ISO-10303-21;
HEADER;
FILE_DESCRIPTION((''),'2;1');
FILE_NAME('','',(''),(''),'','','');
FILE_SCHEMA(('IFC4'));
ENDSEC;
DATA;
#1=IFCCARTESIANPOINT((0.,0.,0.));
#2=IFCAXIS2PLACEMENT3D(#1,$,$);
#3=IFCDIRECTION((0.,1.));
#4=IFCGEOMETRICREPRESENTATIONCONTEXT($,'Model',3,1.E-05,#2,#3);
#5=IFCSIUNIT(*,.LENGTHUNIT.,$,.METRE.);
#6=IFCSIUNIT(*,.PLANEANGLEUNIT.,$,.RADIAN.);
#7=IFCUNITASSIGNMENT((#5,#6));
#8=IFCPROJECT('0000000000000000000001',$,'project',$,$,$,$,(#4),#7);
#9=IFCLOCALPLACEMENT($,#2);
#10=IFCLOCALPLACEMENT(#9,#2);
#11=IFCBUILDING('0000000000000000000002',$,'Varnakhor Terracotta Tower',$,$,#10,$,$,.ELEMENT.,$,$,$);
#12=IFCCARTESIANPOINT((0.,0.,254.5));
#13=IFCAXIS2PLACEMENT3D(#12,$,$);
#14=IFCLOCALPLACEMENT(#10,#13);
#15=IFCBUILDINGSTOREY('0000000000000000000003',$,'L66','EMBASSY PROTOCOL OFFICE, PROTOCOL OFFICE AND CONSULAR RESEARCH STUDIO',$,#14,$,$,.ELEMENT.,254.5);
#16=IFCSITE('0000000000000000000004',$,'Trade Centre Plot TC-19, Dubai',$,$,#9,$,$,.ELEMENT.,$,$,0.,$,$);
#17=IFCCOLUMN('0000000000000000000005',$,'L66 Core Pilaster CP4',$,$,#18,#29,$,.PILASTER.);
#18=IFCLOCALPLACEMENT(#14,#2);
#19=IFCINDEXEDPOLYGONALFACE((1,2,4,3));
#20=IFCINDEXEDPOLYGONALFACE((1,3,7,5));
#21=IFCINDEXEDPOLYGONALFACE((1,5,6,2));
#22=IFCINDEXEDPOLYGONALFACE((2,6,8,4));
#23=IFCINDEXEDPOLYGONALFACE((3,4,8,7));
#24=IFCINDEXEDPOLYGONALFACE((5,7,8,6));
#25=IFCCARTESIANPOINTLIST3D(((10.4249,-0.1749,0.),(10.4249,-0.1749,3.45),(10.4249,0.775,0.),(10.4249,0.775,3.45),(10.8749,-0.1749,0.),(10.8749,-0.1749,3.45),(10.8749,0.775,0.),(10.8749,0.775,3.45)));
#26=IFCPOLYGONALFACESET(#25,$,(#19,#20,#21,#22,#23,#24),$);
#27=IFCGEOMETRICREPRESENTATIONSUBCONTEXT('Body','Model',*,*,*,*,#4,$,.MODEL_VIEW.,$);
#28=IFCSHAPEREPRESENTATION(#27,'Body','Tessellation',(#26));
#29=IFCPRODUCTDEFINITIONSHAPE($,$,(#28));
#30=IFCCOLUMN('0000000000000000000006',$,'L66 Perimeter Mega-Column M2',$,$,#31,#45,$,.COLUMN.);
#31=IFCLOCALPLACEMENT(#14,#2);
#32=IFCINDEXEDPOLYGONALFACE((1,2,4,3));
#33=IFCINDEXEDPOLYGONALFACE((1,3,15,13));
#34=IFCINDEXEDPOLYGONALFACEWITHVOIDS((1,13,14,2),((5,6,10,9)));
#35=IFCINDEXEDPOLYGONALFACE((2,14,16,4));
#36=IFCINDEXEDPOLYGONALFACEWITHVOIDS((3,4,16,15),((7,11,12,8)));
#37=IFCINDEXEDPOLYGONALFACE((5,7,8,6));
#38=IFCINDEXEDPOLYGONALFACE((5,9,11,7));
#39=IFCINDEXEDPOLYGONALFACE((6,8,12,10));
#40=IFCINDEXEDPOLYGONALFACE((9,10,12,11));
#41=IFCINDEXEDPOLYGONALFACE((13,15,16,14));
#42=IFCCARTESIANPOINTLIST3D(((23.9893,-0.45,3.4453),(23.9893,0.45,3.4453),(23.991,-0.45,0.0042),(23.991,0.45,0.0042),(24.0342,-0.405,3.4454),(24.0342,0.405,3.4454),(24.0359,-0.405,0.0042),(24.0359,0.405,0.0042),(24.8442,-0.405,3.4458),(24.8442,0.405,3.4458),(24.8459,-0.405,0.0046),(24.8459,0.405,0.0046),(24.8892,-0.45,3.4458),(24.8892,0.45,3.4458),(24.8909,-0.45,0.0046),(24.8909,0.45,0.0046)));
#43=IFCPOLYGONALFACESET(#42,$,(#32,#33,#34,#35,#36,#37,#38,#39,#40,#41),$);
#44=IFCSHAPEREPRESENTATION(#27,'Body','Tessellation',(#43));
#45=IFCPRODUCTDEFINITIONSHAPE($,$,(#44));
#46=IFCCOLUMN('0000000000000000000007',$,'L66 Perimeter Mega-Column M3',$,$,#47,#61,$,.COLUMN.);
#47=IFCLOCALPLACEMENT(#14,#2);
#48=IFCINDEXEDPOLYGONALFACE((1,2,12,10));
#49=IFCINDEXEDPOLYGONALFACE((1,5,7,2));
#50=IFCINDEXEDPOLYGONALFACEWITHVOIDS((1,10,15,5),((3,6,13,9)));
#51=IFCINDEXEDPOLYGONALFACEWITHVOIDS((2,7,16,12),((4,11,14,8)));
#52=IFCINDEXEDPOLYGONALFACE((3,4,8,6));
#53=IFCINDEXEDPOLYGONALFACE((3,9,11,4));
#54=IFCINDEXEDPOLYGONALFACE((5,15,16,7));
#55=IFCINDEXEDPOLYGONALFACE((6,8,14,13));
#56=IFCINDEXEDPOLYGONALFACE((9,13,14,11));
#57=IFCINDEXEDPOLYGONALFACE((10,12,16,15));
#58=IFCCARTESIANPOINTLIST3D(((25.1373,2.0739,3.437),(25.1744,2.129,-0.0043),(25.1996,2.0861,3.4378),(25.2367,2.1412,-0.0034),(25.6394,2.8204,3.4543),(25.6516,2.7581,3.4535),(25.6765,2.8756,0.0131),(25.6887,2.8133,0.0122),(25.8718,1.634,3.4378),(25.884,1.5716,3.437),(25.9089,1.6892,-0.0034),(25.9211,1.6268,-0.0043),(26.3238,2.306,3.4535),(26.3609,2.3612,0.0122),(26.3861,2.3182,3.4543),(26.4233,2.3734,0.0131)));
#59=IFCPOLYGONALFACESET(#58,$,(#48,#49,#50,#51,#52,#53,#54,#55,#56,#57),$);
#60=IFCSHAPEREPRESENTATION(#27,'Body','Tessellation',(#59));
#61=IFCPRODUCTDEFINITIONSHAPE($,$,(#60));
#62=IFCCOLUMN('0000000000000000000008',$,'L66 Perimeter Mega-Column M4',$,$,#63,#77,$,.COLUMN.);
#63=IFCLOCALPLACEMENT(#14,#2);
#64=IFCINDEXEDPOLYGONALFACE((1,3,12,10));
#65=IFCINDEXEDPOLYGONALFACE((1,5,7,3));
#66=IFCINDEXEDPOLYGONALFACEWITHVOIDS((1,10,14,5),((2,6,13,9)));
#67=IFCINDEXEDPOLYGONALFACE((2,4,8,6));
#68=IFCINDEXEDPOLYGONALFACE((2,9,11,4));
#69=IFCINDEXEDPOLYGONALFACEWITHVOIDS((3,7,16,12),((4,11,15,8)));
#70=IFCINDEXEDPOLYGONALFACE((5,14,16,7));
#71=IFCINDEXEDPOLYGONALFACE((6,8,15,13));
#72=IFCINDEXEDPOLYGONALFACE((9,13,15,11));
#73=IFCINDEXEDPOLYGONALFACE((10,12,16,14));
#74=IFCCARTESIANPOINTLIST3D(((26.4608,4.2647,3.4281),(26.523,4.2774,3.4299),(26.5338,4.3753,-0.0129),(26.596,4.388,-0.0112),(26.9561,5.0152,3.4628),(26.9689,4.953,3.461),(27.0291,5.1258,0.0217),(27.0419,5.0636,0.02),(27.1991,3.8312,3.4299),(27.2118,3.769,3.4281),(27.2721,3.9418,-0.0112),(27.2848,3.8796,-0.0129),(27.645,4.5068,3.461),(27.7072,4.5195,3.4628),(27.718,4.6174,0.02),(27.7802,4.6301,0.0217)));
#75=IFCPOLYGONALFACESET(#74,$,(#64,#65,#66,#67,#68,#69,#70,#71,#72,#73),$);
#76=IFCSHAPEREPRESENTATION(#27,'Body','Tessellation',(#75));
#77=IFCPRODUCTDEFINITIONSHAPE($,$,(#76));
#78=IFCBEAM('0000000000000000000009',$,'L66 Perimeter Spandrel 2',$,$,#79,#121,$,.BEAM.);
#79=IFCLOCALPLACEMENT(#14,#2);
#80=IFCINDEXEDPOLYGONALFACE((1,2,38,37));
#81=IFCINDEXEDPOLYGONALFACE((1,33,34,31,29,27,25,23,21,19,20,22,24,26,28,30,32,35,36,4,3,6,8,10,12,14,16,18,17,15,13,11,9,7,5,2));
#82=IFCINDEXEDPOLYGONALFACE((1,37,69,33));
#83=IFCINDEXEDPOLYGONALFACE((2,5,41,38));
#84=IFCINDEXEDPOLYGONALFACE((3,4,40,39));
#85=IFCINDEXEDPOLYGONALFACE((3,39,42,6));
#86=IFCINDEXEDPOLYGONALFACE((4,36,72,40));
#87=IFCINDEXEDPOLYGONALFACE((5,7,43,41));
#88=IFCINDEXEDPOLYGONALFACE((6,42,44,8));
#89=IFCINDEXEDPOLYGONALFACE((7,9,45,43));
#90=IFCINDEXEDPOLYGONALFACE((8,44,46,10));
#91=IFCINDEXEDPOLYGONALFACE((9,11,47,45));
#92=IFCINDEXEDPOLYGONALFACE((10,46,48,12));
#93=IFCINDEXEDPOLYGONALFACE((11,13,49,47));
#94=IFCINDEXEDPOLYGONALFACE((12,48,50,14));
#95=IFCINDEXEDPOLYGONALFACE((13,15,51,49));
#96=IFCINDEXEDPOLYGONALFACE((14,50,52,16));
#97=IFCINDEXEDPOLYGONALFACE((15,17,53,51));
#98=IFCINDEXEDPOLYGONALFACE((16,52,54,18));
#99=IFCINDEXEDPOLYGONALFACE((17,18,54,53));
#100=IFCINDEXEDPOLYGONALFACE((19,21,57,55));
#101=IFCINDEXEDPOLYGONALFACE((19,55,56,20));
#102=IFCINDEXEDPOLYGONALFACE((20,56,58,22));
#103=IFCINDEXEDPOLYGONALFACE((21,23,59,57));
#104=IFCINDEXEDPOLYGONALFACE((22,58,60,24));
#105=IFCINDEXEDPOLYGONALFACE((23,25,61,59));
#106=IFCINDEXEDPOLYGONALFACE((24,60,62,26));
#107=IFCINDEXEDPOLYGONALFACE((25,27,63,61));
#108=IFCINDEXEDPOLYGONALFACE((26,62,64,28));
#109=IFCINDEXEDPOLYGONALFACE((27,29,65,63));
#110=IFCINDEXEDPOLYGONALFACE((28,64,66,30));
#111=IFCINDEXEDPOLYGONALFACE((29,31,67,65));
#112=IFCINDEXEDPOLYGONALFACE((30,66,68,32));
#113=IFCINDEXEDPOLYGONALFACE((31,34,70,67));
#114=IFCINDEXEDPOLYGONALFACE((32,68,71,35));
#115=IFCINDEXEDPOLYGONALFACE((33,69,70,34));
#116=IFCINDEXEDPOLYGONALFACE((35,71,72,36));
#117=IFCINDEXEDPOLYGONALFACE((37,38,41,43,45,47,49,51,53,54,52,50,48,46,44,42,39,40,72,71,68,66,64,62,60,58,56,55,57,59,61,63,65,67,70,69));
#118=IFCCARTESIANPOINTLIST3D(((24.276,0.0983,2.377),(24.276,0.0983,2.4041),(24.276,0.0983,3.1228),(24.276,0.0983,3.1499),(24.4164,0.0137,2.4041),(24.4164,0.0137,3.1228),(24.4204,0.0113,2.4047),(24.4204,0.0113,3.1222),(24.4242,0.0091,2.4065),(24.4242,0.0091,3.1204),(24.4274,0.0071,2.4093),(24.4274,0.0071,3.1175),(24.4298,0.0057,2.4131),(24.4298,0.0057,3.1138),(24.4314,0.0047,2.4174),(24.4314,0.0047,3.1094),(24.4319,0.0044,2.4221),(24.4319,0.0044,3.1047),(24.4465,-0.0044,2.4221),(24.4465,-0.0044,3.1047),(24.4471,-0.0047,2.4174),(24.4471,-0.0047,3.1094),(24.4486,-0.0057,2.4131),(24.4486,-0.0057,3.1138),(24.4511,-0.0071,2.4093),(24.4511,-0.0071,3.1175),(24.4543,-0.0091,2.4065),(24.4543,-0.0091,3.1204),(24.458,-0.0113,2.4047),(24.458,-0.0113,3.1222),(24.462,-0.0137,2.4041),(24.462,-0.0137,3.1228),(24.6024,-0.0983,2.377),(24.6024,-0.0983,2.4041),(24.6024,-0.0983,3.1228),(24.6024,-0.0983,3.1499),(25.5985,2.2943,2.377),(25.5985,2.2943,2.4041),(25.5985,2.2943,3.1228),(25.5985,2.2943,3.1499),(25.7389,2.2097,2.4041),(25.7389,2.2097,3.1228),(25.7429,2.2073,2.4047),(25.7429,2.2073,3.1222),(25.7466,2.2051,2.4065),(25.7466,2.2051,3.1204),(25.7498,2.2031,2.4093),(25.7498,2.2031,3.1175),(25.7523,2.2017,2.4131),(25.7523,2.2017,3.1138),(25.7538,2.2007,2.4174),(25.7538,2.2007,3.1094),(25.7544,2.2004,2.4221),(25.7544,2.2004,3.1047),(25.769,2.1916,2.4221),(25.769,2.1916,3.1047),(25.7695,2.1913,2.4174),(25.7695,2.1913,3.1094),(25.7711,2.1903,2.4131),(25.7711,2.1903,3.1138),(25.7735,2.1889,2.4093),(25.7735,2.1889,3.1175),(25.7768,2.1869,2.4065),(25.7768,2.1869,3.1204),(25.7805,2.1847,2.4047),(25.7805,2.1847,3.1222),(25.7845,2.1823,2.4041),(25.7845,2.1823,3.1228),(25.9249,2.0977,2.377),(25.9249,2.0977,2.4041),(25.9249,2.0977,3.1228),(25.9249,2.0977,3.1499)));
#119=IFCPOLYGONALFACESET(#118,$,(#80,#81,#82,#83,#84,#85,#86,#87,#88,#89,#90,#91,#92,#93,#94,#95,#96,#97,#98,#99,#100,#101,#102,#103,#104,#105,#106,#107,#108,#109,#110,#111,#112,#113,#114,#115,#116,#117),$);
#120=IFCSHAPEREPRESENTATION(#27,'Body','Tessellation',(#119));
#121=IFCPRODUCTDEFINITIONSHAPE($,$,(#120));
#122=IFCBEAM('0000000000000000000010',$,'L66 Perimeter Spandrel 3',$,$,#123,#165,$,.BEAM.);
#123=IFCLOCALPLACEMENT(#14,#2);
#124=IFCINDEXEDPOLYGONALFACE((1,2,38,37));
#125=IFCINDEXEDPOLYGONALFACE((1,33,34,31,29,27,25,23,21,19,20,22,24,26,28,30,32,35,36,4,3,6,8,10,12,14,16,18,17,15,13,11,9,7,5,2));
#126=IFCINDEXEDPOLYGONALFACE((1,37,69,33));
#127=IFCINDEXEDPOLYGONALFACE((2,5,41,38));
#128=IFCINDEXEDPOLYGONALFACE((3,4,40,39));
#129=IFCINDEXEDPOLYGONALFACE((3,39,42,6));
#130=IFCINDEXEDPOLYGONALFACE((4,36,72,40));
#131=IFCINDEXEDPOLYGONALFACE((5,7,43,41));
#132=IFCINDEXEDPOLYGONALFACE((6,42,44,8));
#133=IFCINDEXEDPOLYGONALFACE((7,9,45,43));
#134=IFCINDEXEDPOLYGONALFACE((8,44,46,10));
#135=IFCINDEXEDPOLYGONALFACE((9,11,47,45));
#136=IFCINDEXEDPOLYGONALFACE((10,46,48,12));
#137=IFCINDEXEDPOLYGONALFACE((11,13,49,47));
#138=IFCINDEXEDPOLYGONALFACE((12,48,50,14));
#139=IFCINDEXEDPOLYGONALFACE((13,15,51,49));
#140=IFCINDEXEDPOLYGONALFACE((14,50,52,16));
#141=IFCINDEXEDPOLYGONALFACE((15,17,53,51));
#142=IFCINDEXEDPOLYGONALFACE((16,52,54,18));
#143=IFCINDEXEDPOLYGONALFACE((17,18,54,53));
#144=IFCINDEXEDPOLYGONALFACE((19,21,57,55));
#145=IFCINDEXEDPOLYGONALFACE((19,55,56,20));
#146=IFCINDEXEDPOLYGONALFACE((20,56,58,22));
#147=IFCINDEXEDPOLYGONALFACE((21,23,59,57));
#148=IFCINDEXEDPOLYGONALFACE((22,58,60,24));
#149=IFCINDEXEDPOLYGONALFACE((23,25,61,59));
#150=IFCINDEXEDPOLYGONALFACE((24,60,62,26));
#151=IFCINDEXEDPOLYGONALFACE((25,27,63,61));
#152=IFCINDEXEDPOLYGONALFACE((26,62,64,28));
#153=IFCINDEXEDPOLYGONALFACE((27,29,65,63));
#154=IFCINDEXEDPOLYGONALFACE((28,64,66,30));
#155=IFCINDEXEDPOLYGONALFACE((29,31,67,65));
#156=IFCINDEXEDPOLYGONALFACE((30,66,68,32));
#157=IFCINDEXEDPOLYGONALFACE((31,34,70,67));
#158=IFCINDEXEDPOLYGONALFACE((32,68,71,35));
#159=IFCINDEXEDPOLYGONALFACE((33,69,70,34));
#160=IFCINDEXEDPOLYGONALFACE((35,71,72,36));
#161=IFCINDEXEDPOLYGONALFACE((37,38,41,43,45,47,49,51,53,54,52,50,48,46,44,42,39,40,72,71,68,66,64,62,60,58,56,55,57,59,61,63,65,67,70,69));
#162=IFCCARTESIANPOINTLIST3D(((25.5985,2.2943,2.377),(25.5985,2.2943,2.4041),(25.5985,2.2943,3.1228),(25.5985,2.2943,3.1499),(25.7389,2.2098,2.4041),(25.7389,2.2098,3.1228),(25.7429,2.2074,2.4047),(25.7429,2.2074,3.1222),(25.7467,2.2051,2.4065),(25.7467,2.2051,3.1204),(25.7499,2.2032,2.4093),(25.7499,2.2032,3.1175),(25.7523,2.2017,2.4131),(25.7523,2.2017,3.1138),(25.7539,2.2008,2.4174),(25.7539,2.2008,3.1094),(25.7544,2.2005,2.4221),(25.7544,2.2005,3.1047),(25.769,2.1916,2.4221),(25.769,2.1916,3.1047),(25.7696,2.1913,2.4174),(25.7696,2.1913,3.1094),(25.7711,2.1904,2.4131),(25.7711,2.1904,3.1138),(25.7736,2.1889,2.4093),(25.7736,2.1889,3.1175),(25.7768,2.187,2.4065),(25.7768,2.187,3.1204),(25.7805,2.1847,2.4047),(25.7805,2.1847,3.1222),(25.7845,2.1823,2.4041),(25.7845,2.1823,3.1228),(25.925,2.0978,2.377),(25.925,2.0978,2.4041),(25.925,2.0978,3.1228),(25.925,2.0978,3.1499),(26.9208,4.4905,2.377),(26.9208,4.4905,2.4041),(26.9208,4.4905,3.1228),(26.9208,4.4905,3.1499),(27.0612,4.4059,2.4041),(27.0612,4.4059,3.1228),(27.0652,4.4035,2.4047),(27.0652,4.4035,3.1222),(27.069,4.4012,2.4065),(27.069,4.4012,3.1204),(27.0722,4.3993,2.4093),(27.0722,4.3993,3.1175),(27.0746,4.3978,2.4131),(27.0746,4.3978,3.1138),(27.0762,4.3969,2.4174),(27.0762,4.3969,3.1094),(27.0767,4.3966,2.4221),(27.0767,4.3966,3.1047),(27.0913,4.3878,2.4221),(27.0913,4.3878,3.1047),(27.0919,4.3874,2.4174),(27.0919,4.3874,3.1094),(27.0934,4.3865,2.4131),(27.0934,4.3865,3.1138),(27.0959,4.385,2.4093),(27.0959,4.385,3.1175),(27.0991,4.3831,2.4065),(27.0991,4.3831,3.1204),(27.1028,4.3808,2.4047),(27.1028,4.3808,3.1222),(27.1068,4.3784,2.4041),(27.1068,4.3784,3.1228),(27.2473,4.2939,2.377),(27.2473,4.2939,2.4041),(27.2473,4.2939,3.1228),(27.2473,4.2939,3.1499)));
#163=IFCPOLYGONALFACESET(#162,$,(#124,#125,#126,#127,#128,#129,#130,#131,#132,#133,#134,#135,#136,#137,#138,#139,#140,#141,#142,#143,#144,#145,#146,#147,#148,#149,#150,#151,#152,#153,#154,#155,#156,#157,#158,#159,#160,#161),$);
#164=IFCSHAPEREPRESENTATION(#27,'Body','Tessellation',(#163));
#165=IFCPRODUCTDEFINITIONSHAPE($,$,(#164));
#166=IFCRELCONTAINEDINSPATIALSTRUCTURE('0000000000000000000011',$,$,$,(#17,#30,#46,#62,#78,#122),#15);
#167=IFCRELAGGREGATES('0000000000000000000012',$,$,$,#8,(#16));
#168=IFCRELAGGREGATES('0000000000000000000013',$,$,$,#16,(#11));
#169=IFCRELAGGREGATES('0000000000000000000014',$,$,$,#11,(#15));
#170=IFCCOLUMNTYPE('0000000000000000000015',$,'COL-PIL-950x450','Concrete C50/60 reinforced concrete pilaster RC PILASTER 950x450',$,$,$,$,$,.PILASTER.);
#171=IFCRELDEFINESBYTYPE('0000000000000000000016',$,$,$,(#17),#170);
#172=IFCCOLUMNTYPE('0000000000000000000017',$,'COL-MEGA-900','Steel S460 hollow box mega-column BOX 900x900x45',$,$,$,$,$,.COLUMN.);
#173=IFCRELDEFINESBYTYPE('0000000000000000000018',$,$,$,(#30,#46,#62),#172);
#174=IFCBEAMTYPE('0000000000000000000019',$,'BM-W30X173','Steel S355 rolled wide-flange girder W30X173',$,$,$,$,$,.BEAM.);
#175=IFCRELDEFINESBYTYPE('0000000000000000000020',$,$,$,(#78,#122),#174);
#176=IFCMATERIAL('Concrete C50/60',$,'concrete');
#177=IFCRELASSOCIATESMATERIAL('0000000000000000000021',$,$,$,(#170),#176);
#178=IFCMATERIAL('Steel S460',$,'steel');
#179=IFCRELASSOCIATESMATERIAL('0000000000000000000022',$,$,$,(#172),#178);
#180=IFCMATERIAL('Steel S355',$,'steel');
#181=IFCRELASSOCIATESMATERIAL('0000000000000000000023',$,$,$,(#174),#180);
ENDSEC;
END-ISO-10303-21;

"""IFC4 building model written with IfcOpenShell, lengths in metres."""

from ifc_helpers import new_model, si_unit, direction, frame, origin, origin_2d, place, context, subcontext, project, spatial, rectangle, hollow_rectangle, i_section, extrude, source, transform, mapped, material, material_profile, profile_set, type_object, element, save


model = new_model("IFC4")

# Units and contexts
model_context = context("Model", 3, precision=1e-05, world=origin(), true_north=direction((0.0, 1.0)))
body_context = subcontext(model_context, "Body", "Model", "MODEL_VIEW")
ifc_project = project(units=[si_unit("LENGTHUNIT", "METRE"), si_unit("PLANEANGLEUNIT", "RADIAN")], contexts=[model_context])

# Site, building, storey
site_placement = place(None, origin())
site = spatial("IfcSite", under=ifc_project, at=site_placement, Name="Trade Centre Plot TC-19, Dubai", CompositionType="ELEMENT", RefElevation=0.0)
building_placement = place(site_placement, origin())
building = spatial("IfcBuilding", under=site, at=building_placement, Name="Varnakhor Terracotta Tower", CompositionType="ELEMENT")
storey_placement = place(building_placement, frame((0.0, 0.0, 254.5)))
storey = spatial("IfcBuildingStorey", under=building, at=storey_placement, Name="L66", Description="EMBASSY PROTOCOL OFFICE, PROTOCOL OFFICE AND CONSULAR RESEARCH STUDIO", CompositionType="ELEMENT", Elevation=254.5)

# Columns
ifc_material_1 = material(Name="Concrete C50/60", Category="concrete")
ifc_material_profile_1 = material_profile(ifc_material_1, rectangle(XDim=0.45, YDim=0.95, at=origin_2d()), Name="RC PILASTER 950x450")
ifc_profile_set_1 = profile_set([ifc_material_profile_1], Name="Concrete C50/60")
column_type_1 = type_object("IfcColumnType", Name="COL-PIL-950x450", Description="Concrete C50/60 reinforced concrete pilaster RC PILASTER 950x450", PredefinedType="PILASTER", material=ifc_profile_set_1)
shared_shape_1 = source(origin(), body_context, "Body", "SweptSolid", [
    extrude(rectangle(XDim=0.45, YDim=0.95, at=origin_2d()), origin(), (0.0, 0.0, 1.0), 3.45),
])
column_1_placement = place(storey_placement, frame((10.6499, 0.3, 0.0), z_axis=(0.0, 0.0, 1.0), x_axis=(1.0, 0.0, 0.0)))
element("IfcColumn", 1, at=column_1_placement, inside=storey, type_object=column_type_1, Name="L66 Core Pilaster CP4", PredefinedType="PILASTER", context=body_context, shape_type="MappedRepresentation", body=[
    mapped(shared_shape_1, transform((0.0, 0.0, 0.0), scale=1.0)),
])
ifc_material_2 = material(Name="Steel S460", Category="steel")
ifc_material_profile_2 = material_profile(ifc_material_2, hollow_rectangle(XDim=0.8999, YDim=0.8999, WallThickness=0.0449, at=origin_2d()), Name="BOX 900x900x45")
ifc_profile_set_2 = profile_set([ifc_material_profile_2], Name="Steel S460")
column_type_2 = type_object("IfcColumnType", Name="COL-MEGA-900", Description="Steel S460 hollow box mega-column BOX 900x900x45", PredefinedType="COLUMN", material=ifc_profile_set_2)
shared_shape_2 = source(origin(), body_context, "Body", "SweptSolid", [
    extrude(hollow_rectangle(XDim=0.8999, YDim=0.8999, WallThickness=0.0449, at=origin_2d()), origin(), (0.0, 0.0, 1.0), 3.4412),
])
column_2_placement = place(storey_placement, frame((24.4409, 0.0, 0.0044), z_axis=(-0.000497, 0.0, 1.0), x_axis=(1.0, 0.0, 0.0)))
element("IfcColumn", 2, at=column_2_placement, inside=storey, type_object=column_type_2, Name="L66 Perimeter Mega-Column M2", PredefinedType="COLUMN", context=body_context, shape_type="MappedRepresentation", body=[
    mapped(shared_shape_2, transform((0.0, 0.0, 0.0), scale=1.0)),
])
shared_shape_3 = source(origin(), body_context, "Body", "SweptSolid", [
    extrude(hollow_rectangle(XDim=0.8999, YDim=0.8999, WallThickness=0.0449, at=origin_2d()), origin(), (0.0, 0.0, 1.0), 3.4419),
])
column_3_placement = place(storey_placement, frame((25.7988, 2.2512, 0.0044), z_axis=(-0.010782, -0.016031, 0.999813), x_axis=(0.829784, -0.558085, 0.0)))
element("IfcColumn", 3, at=column_3_placement, inside=storey, type_object=column_type_2, Name="L66 Perimeter Mega-Column M3", PredefinedType="COLUMN", context=body_context, shape_type="MappedRepresentation", body=[
    mapped(shared_shape_3, transform((0.0, 0.0, 0.0), scale=1.0)),
])
shared_shape_4 = source(origin(), body_context, "Body", "SweptSolid", [
    extrude(hollow_rectangle(XDim=0.8999, YDim=0.8999, WallThickness=0.0449, at=origin_2d()), origin(), (0.0, 0.0, 1.0), 3.4436),
])
column_4_placement = place(storey_placement, frame((27.157, 4.5027, 0.0044), z_axis=(-0.021197, -0.032115, 0.999259), x_axis=(0.834592, -0.550868, 0.0)))
element("IfcColumn", 4, at=column_4_placement, inside=storey, type_object=column_type_2, Name="L66 Perimeter Mega-Column M4", PredefinedType="COLUMN", context=body_context, shape_type="MappedRepresentation", body=[
    mapped(shared_shape_4, transform((0.0, 0.0, 0.0), scale=1.0)),
])

# Beams
ifc_material_3 = material(Name="Steel S355", Category="steel")
ifc_material_profile_3 = material_profile(ifc_material_3, i_section(OverallWidth=0.3811, OverallDepth=0.7729, WebThickness=0.0171, FlangeThickness=0.0271, FilletRadius=0.0181, at=origin_2d()), Name="W30X173")
ifc_profile_set_3 = profile_set([ifc_material_profile_3], Name="Steel S355")
beam_type_1 = type_object("IfcBeamType", Name="BM-W30X173", Description="Steel S355 rolled wide-flange girder W30X173", PredefinedType="BEAM", material=ifc_profile_set_3)
shared_shape_5 = source(origin(), body_context, "Body", "SweptSolid", [
    extrude(i_section(OverallWidth=0.3811, OverallDepth=0.7729, WebThickness=0.0171, FlangeThickness=0.0271, FilletRadius=0.0181, at=origin_2d()), origin(), (0.0, 0.0, 1.0), 2.5635),
])
for number, where, z_axis, x_axis, name in (
    (5, (24.4392, 0.0, 2.7634), (0.515896, 0.856651, 0.0), (-0.856651, 0.515896, 0.0), "L66 Perimeter Spandrel 2"),
    (6, (25.7617, 2.196, 2.7634), (0.515826, 0.856694, 0.0), (-0.856694, 0.515826, 0.0), "L66 Perimeter Spandrel 3"),
):
    element("IfcBeam", number, at=place(storey_placement, frame(where, z_axis=z_axis, x_axis=x_axis)), inside=storey, type_object=beam_type_1, Name=name, PredefinedType="BEAM", context=body_context, shape_type="MappedRepresentation", body=[
        mapped(shared_shape_5, transform((0.0, 0.0, 0.0), scale=1.0)),
    ])

save(model, "model.ifc")
